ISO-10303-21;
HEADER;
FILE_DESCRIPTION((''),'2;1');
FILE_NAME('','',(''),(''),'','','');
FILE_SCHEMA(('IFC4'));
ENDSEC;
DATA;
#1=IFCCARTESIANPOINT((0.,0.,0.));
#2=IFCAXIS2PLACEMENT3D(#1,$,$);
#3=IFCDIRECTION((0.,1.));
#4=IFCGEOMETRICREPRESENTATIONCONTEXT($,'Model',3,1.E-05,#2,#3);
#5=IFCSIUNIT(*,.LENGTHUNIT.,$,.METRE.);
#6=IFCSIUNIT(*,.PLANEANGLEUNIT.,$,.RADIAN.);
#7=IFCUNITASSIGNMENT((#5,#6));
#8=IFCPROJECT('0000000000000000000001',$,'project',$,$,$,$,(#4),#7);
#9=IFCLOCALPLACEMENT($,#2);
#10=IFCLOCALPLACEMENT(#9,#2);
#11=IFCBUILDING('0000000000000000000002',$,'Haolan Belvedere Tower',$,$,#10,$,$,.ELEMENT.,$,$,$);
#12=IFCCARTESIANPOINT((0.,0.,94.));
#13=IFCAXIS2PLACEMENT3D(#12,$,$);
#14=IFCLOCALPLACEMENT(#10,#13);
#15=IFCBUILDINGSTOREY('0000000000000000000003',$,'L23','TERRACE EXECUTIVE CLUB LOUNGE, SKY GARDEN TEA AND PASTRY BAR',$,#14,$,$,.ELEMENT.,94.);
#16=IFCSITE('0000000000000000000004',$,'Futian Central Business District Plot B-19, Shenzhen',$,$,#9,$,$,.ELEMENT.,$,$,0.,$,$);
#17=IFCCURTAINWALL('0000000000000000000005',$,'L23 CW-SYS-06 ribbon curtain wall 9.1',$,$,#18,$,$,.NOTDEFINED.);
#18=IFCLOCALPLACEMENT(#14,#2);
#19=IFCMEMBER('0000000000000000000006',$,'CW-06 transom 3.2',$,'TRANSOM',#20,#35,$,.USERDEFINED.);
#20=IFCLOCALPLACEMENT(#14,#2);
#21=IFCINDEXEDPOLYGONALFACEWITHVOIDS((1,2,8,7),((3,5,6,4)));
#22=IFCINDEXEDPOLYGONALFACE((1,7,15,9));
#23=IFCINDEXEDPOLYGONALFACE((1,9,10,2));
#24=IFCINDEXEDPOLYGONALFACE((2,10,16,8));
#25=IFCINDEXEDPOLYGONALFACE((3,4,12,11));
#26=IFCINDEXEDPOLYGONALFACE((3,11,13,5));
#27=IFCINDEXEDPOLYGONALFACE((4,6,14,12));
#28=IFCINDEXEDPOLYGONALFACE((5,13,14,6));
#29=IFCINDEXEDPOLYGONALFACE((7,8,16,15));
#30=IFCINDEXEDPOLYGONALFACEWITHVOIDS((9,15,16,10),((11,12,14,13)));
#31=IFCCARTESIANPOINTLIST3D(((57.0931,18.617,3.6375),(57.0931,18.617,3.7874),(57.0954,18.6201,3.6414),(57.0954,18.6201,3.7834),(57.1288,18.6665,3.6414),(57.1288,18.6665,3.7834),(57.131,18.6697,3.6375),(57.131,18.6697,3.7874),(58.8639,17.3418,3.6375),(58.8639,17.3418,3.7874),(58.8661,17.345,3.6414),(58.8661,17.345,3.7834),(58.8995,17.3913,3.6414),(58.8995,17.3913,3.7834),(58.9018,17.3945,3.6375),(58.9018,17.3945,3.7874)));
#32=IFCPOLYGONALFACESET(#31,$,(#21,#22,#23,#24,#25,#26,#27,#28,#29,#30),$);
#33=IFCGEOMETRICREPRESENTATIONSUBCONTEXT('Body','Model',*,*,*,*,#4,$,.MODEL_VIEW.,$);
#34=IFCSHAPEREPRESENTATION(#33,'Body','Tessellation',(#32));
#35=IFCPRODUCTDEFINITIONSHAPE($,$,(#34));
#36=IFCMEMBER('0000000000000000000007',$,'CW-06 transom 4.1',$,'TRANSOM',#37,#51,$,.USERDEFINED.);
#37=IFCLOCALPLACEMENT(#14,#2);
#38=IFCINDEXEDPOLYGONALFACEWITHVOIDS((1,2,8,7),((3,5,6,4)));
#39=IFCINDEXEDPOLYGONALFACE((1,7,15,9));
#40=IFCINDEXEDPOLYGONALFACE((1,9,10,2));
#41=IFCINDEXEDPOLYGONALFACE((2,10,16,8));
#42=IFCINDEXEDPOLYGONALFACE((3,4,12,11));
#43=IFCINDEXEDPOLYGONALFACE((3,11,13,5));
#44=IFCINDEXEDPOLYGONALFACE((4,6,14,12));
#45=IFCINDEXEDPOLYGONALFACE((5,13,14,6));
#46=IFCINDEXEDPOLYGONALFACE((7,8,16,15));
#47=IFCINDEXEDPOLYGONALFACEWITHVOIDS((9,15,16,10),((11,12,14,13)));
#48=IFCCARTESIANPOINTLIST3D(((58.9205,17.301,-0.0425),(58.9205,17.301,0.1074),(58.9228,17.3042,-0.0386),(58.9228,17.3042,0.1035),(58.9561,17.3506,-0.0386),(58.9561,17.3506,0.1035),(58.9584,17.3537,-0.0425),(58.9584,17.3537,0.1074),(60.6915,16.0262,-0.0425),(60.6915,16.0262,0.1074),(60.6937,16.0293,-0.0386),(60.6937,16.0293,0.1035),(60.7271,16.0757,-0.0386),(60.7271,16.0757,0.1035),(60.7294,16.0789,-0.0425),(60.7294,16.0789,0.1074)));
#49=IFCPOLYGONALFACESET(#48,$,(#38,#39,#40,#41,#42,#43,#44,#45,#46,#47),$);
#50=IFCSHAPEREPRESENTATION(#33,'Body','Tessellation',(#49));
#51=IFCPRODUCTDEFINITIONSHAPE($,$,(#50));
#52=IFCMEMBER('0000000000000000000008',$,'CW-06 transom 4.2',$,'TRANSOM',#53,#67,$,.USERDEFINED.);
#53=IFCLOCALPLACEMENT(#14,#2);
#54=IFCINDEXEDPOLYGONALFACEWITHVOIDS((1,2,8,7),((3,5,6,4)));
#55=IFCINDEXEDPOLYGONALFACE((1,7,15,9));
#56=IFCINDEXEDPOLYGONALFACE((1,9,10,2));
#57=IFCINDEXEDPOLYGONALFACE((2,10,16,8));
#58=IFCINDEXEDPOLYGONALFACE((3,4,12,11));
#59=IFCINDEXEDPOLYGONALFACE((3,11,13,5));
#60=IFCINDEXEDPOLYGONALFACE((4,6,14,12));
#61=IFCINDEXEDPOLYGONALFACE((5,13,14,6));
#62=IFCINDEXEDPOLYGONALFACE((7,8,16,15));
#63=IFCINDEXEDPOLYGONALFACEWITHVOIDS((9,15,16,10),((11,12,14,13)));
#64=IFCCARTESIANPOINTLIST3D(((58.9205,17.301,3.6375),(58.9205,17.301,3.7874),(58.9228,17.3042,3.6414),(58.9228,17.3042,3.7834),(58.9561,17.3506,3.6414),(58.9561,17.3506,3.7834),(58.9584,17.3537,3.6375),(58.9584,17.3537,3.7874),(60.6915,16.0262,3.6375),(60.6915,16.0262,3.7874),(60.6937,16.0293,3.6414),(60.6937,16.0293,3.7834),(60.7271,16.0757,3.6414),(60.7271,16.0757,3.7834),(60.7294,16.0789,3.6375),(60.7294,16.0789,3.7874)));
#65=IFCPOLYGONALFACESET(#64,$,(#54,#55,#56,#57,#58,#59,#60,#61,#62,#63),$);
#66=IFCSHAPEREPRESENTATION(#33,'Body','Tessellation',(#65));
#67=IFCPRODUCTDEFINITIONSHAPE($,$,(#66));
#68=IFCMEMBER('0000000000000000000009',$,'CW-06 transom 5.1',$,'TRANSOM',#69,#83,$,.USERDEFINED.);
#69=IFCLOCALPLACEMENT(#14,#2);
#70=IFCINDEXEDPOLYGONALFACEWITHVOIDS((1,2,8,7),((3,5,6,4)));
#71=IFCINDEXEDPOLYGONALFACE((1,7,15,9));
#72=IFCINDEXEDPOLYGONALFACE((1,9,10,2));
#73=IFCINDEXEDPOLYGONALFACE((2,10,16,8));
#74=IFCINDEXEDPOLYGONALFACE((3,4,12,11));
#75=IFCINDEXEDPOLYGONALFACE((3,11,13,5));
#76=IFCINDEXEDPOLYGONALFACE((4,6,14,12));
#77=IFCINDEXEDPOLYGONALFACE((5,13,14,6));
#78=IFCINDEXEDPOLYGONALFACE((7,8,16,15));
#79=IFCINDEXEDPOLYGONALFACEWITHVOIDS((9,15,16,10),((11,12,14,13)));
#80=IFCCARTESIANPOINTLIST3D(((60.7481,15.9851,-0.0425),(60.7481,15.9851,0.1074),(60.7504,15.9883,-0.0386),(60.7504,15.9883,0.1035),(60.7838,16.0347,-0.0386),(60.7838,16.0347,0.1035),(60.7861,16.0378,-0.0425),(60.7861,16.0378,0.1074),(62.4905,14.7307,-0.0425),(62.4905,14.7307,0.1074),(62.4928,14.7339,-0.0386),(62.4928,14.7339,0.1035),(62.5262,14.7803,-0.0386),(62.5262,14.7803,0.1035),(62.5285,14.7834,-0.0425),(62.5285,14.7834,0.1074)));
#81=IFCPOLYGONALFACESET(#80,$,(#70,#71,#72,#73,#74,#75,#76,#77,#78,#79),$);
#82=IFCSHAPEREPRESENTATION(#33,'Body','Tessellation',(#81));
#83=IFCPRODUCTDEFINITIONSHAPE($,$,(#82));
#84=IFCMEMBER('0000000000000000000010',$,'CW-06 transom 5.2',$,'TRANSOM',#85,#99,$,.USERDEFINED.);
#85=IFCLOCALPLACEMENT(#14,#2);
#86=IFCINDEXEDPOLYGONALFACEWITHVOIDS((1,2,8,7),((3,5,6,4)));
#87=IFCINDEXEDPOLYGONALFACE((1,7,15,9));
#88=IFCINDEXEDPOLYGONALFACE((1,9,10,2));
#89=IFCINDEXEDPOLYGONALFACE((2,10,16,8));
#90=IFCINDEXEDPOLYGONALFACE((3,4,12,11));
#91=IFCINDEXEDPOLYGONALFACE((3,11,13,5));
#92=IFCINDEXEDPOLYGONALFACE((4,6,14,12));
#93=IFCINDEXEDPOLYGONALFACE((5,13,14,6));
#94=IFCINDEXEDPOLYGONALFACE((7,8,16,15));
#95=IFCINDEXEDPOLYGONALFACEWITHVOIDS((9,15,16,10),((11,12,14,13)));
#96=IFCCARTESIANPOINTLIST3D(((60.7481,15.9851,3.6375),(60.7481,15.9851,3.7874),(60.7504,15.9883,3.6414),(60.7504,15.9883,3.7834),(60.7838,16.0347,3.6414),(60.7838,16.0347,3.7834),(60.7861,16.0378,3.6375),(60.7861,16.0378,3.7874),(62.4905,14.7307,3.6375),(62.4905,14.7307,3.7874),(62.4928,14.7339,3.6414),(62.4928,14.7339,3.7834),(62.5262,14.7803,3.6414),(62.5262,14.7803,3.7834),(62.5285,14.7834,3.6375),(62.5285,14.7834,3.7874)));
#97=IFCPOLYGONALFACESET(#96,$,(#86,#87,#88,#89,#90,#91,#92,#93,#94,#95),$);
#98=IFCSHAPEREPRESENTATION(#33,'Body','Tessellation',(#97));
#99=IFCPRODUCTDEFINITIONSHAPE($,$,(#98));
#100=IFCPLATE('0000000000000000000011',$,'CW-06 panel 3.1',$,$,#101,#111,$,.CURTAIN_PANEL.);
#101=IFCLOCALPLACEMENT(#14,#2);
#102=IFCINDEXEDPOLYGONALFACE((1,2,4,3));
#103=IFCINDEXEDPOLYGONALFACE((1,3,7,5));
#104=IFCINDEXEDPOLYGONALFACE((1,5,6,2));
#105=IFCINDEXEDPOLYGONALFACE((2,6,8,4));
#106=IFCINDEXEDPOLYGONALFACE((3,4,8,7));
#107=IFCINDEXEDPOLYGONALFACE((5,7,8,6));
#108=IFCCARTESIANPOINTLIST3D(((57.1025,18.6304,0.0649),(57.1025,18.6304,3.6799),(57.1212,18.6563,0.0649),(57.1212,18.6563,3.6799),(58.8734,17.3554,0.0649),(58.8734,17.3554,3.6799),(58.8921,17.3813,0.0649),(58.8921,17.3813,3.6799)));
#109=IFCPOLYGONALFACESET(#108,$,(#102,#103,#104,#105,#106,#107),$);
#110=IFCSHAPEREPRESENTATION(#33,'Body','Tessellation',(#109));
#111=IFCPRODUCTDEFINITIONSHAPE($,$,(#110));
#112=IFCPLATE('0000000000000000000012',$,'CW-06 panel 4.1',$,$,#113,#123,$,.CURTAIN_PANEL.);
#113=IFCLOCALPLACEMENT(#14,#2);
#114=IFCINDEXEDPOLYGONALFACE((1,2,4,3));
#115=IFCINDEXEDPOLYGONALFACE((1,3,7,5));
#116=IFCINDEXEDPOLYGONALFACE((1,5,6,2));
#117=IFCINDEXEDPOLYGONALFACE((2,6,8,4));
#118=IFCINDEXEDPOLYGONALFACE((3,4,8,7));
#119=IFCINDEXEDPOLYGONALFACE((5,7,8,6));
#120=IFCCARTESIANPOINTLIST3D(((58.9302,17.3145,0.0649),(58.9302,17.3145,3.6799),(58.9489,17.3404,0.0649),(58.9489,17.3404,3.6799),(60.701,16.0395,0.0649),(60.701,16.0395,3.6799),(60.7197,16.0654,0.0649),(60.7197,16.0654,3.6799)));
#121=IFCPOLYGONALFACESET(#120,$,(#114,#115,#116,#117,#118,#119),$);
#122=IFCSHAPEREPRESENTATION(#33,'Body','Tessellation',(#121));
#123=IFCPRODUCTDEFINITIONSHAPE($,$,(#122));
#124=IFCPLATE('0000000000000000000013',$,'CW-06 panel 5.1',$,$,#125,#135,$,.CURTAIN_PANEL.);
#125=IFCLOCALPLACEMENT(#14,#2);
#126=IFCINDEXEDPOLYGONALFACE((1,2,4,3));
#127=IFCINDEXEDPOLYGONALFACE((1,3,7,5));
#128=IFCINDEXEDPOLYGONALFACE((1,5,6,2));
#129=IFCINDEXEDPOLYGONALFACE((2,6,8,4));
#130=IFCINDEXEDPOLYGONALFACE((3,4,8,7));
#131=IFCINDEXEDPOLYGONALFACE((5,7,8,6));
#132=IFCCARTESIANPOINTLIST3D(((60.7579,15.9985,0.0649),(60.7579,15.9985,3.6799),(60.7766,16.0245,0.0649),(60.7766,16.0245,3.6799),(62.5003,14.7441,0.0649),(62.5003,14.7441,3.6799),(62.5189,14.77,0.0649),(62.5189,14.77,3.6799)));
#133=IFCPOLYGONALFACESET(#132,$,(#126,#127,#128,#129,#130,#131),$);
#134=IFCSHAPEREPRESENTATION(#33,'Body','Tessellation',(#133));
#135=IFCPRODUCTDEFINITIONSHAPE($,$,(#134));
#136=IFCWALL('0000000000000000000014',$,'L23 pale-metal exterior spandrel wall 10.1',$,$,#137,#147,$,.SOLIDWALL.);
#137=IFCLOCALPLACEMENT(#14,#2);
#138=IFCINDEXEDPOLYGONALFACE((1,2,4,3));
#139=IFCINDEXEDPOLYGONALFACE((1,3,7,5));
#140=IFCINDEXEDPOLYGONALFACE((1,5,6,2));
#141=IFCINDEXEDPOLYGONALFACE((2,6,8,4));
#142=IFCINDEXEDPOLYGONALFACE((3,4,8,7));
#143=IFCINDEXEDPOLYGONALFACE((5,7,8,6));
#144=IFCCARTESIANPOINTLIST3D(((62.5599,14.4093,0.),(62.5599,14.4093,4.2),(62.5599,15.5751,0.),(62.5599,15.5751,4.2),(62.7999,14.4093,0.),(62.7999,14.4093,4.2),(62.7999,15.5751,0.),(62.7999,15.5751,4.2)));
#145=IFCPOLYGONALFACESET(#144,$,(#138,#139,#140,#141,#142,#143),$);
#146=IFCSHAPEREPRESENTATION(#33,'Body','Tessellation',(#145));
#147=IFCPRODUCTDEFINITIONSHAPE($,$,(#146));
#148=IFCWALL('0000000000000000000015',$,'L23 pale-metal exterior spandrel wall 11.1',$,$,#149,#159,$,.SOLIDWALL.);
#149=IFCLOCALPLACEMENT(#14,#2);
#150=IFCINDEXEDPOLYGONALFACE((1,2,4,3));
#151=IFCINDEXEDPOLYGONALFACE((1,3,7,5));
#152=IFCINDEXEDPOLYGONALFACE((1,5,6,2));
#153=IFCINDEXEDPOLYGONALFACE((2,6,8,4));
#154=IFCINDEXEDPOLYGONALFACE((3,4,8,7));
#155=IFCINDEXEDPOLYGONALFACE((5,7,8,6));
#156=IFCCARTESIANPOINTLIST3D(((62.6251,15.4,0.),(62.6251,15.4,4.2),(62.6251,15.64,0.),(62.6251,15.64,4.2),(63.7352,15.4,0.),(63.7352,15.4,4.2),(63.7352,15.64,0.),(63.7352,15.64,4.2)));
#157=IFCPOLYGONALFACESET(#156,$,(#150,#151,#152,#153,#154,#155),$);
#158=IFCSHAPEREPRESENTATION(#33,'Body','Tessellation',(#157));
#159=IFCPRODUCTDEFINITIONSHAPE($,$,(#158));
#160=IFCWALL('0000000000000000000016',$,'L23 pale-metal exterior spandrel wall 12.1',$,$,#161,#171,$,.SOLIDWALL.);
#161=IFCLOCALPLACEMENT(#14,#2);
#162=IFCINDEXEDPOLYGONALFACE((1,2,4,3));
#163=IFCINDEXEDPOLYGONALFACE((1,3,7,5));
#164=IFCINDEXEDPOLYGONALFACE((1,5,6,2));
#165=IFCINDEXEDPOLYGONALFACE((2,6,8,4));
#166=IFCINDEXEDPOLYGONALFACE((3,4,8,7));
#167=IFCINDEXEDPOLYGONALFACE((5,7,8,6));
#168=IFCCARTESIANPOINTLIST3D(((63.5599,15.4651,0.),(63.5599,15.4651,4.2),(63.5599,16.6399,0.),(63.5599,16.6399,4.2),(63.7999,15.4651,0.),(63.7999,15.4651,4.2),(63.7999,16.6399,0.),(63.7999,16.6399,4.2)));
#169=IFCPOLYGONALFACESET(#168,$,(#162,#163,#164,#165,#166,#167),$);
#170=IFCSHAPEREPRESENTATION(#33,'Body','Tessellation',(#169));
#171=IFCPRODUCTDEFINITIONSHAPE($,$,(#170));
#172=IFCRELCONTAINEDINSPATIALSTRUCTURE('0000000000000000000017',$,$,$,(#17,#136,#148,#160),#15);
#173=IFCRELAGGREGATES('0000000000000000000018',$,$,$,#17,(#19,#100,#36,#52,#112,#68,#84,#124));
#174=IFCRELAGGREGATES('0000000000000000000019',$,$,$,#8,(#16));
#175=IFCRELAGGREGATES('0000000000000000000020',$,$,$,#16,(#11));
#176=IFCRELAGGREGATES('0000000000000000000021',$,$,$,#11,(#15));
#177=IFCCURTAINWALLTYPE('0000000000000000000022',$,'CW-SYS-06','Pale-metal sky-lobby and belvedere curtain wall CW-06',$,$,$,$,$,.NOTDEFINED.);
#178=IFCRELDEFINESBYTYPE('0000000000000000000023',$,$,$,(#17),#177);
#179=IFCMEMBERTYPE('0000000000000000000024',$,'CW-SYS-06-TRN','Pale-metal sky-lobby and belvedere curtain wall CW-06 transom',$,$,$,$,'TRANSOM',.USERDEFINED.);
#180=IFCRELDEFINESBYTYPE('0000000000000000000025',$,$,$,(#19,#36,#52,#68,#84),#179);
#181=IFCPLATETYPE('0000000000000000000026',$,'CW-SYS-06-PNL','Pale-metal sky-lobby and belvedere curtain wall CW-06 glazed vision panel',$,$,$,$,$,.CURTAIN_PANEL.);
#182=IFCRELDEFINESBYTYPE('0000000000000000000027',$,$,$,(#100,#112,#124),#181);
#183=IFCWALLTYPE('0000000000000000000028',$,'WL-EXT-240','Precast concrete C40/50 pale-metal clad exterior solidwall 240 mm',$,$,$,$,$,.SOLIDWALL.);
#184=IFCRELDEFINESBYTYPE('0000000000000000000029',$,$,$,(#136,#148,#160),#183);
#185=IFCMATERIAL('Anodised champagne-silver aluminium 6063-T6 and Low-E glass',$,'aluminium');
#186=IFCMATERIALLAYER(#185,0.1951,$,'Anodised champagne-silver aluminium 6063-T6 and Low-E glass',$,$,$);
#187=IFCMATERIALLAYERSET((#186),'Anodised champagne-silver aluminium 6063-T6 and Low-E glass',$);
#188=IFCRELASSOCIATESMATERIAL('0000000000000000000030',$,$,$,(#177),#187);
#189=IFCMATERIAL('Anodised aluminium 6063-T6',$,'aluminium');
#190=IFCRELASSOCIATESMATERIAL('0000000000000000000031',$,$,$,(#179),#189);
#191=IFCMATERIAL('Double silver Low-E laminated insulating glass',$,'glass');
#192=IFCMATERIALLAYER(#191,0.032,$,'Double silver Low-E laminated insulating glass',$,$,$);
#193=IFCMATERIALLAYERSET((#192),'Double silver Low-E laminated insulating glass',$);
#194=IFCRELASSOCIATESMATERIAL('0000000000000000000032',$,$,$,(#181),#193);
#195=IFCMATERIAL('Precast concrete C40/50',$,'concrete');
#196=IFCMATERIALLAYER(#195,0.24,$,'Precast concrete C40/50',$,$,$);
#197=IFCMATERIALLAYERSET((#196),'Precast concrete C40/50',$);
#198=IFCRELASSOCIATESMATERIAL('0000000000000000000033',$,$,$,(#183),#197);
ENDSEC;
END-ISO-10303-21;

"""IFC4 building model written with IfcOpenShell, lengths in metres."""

from ifc_helpers import new_model, si_unit, direction, frame, frame_2d, origin, origin_2d, place, context, subcontext, project, spatial, rectangle, hollow_rectangle, extrude, material, layer, layer_set, material_profile, profile_set, type_object, element, aggregate, save


model = new_model("IFC4")

# Units and contexts
model_context = context("Model", 3, precision=1e-05, world=origin(), true_north=direction((0.0, 1.0)))
body_context = subcontext(model_context, "Body", "Model", "MODEL_VIEW")
ifc_project = project(units=[si_unit("LENGTHUNIT", "METRE"), si_unit("PLANEANGLEUNIT", "RADIAN")], contexts=[model_context])

# Site, building, storey
site_placement = place(None, origin())
site = spatial("IfcSite", under=ifc_project, at=site_placement, Name="Futian Central Business District Plot B-19, Shenzhen", CompositionType="ELEMENT", RefElevation=0.0)
building_placement = place(site_placement, origin())
building = spatial("IfcBuilding", under=site, at=building_placement, Name="Haolan Belvedere Tower", CompositionType="ELEMENT")
storey_placement = place(building_placement, frame((0.0, 0.0, 94.0)))
storey = spatial("IfcBuildingStorey", under=building, at=storey_placement, Name="L23", Description="TERRACE EXECUTIVE CLUB LOUNGE, SKY GARDEN TEA AND PASTRY BAR", CompositionType="ELEMENT", Elevation=94.0)

# Curtain wall, members, plates
ifc_material_1 = material(Name="Anodised champagne-silver aluminium 6063-T6 and Low-E glass", Category="aluminium")
ifc_layer_1 = layer(ifc_material_1, 0.1951, Name="Anodised champagne-silver aluminium 6063-T6 and Low-E glass")
ifc_layer_set_1 = layer_set([ifc_layer_1], Name="Anodised champagne-silver aluminium 6063-T6 and Low-E glass")
curtain_wall_type = type_object("IfcCurtainWallType", Name="CW-SYS-06", Description="Pale-metal sky-lobby and belvedere curtain wall CW-06", PredefinedType="NOTDEFINED", material=ifc_layer_set_1)
curtain_wall_placement = place(storey_placement, origin())
curtain_wall = element("IfcCurtainWall", 1, at=curtain_wall_placement, inside=storey, type_object=curtain_wall_type, Name="L23 CW-SYS-06 ribbon curtain wall 9.1", PredefinedType="NOTDEFINED")
ifc_material_2 = material(Name="Anodised aluminium 6063-T6", Category="aluminium")
ifc_material_profile_1 = material_profile(ifc_material_2, hollow_rectangle(XDim=0.0649, YDim=0.1499, WallThickness=0.0039, at=origin_2d()), Name="Anodised aluminium 6063-T6")
ifc_profile_set_1 = profile_set([ifc_material_profile_1], Name="Anodised aluminium 6063-T6")
member_type_1 = type_object("IfcMemberType", Name="CW-SYS-06-TRN", Description="Pale-metal sky-lobby and belvedere curtain wall CW-06 transom", ElementType="TRANSOM", PredefinedType="USERDEFINED", material=ifc_profile_set_1)
member_1_placement = place(storey_placement, frame((57.1121, 18.6433, 3.7124), z_axis=(0.81149, -0.584367, 0.0), x_axis=(0.584367, 0.81149, 0.0)))
member_1 = element("IfcMember", 2, at=member_1_placement, type_object=member_type_1, Name="CW-06 transom 3.2", ObjectType="TRANSOM", PredefinedType="USERDEFINED", context=body_context, shape_type="SweptSolid", body=[
    extrude(hollow_rectangle(XDim=0.0649, YDim=0.1499, WallThickness=0.0039, at=origin_2d()), origin(), (0.0, 0.0, 1.0), 2.1821),
])
member_2_placement = place(storey_placement, frame((58.9395, 17.3274, 0.0325), z_axis=(0.811581, -0.58424, 0.0), x_axis=(0.58424, 0.811581, 0.0)))
member_2 = element("IfcMember", 3, at=member_2_placement, type_object=member_type_1, Name="CW-06 transom 4.1", ObjectType="TRANSOM", PredefinedType="USERDEFINED", context=body_context, shape_type="SweptSolid", body=[
    extrude(hollow_rectangle(XDim=0.0649, YDim=0.1499, WallThickness=0.0039, at=origin_2d()), origin(), (0.0, 0.0, 1.0), 2.1821),
])
member_3_placement = place(storey_placement, frame((58.9395, 17.3274, 3.7124), z_axis=(0.811581, -0.58424, 0.0), x_axis=(0.58424, 0.811581, 0.0)))
member_3 = element("IfcMember", 4, at=member_3_placement, type_object=member_type_1, Name="CW-06 transom 4.2", ObjectType="TRANSOM", PredefinedType="USERDEFINED", context=body_context, shape_type="SweptSolid", body=[
    extrude(hollow_rectangle(XDim=0.0649, YDim=0.1499, WallThickness=0.0039, at=origin_2d()), origin(), (0.0, 0.0, 1.0), 2.1821),
])
member_4_placement = place(storey_placement, frame((60.7671, 16.0115, 0.0325), z_axis=(0.811569, -0.584257, 0.0), x_axis=(0.584257, 0.811569, 0.0)))
member_4 = element("IfcMember", 5, at=member_4_placement, type_object=member_type_1, Name="CW-06 transom 5.1", ObjectType="TRANSOM", PredefinedType="USERDEFINED", context=body_context, shape_type="SweptSolid", body=[
    extrude(hollow_rectangle(XDim=0.0649, YDim=0.1499, WallThickness=0.0039, at=origin_2d()), origin(), (0.0, 0.0, 1.0), 2.147),
])
member_5_placement = place(storey_placement, frame((60.7671, 16.0115, 3.7124), z_axis=(0.811569, -0.584257, 0.0), x_axis=(0.584257, 0.811569, 0.0)))
member_5 = element("IfcMember", 6, at=member_5_placement, type_object=member_type_1, Name="CW-06 transom 5.2", ObjectType="TRANSOM", PredefinedType="USERDEFINED", context=body_context, shape_type="SweptSolid", body=[
    extrude(hollow_rectangle(XDim=0.0649, YDim=0.1499, WallThickness=0.0039, at=origin_2d()), origin(), (0.0, 0.0, 1.0), 2.147),
])
ifc_material_3 = material(Name="Double silver Low-E laminated insulating glass", Category="glass")
ifc_layer_2 = layer(ifc_material_3, 0.032, Name="Double silver Low-E laminated insulating glass")
ifc_layer_set_2 = layer_set([ifc_layer_2], Name="Double silver Low-E laminated insulating glass")
plate_type = type_object("IfcPlateType", Name="CW-SYS-06-PNL", Description="Pale-metal sky-lobby and belvedere curtain wall CW-06 glazed vision panel", PredefinedType="CURTAIN_PANEL", material=ifc_layer_set_2)
plate_1_placement = place(storey_placement, frame((57.9973, 18.0059, 0.0649), z_axis=(0.0, 0.0, 1.0), x_axis=(0.81154, -0.584297, 0.0)))
plate_1 = element("IfcPlate", 7, at=plate_1_placement, type_object=plate_type, Name="CW-06 panel 3.1", PredefinedType="CURTAIN_PANEL", context=body_context, shape_type="SweptSolid", body=[
    extrude(rectangle(XDim=2.1821, YDim=0.032, at=origin_2d()), origin(), (0.0, 0.0, 1.0), 3.615),
])
plate_2_placement = place(storey_placement, frame((59.825, 16.6899, 0.0649), z_axis=(0.0, 0.0, 1.0), x_axis=(0.81154, -0.584297, 0.0)))
plate_2 = element("IfcPlate", 8, at=plate_2_placement, type_object=plate_type, Name="CW-06 panel 4.1", PredefinedType="CURTAIN_PANEL", context=body_context, shape_type="SweptSolid", body=[
    extrude(rectangle(XDim=2.1821, YDim=0.032, at=origin_2d()), origin(), (0.0, 0.0, 1.0), 3.615),
])
plate_3_placement = place(storey_placement, frame((61.6384, 15.3843, 0.0649), z_axis=(0.0, 0.0, 1.0), x_axis=(0.81154, -0.584297, 0.0)))
plate_3 = element("IfcPlate", 9, at=plate_3_placement, type_object=plate_type, Name="CW-06 panel 5.1", PredefinedType="CURTAIN_PANEL", context=body_context, shape_type="SweptSolid", body=[
    extrude(rectangle(XDim=2.147, YDim=0.032, at=origin_2d()), origin(), (0.0, 0.0, 1.0), 3.615),
])
aggregate(curtain_wall, [member_1, plate_1, member_2, member_3, plate_2, member_4, member_5, plate_3])

# Walls
ifc_material_4 = material(Name="Precast concrete C40/50", Category="concrete")
ifc_layer_3 = layer(ifc_material_4, 0.24, Name="Precast concrete C40/50")
ifc_layer_set_3 = layer_set([ifc_layer_3], Name="Precast concrete C40/50")
wall_type = type_object("IfcWallType", Name="WL-EXT-240", Description="Precast concrete C40/50 pale-metal clad exterior solidwall 240 mm", PredefinedType="SOLIDWALL", material=ifc_layer_set_3)
wall_1_placement = place(storey_placement, frame((62.6799, 14.4092, 0.0), z_axis=(0.0, 0.0, 1.0), x_axis=(0.0, 1.0, 0.0)))
element("IfcWall", 10, at=wall_1_placement, inside=storey, type_object=wall_type, Name="L23 pale-metal exterior spandrel wall 10.1", PredefinedType="SOLIDWALL", context=body_context, shape_type="SweptSolid", body=[
    extrude(rectangle(XDim=1.1658, YDim=0.24, at=frame_2d((0.583, 0.0))), origin(), (0.0, 0.0, 1.0), 4.2),
])
wall_2_placement = place(storey_placement, frame((62.625, 15.52, 0.0), z_axis=(0.0, 0.0, 1.0), x_axis=(1.0, 0.0, 0.0)))
element("IfcWall", 11, at=wall_2_placement, inside=storey, type_object=wall_type, Name="L23 pale-metal exterior spandrel wall 11.1", PredefinedType="SOLIDWALL", context=body_context, shape_type="SweptSolid", body=[
    extrude(rectangle(XDim=1.1101, YDim=0.24, at=frame_2d((0.5552, 0.0))), origin(), (0.0, 0.0, 1.0), 4.2),
])
wall_3_placement = place(storey_placement, frame((63.6799, 15.4651, 0.0), z_axis=(0.0, 0.0, 1.0), x_axis=(0.0, 1.0, 0.0)))
element("IfcWall", 12, at=wall_3_placement, inside=storey, type_object=wall_type, Name="L23 pale-metal exterior spandrel wall 12.1", PredefinedType="SOLIDWALL", context=body_context, shape_type="SweptSolid", body=[
    extrude(rectangle(XDim=1.1748, YDim=0.24, at=frame_2d((0.5874, 0.0))), origin(), (0.0, 0.0, 1.0), 4.2),
])

save(model, "model.ifc")
